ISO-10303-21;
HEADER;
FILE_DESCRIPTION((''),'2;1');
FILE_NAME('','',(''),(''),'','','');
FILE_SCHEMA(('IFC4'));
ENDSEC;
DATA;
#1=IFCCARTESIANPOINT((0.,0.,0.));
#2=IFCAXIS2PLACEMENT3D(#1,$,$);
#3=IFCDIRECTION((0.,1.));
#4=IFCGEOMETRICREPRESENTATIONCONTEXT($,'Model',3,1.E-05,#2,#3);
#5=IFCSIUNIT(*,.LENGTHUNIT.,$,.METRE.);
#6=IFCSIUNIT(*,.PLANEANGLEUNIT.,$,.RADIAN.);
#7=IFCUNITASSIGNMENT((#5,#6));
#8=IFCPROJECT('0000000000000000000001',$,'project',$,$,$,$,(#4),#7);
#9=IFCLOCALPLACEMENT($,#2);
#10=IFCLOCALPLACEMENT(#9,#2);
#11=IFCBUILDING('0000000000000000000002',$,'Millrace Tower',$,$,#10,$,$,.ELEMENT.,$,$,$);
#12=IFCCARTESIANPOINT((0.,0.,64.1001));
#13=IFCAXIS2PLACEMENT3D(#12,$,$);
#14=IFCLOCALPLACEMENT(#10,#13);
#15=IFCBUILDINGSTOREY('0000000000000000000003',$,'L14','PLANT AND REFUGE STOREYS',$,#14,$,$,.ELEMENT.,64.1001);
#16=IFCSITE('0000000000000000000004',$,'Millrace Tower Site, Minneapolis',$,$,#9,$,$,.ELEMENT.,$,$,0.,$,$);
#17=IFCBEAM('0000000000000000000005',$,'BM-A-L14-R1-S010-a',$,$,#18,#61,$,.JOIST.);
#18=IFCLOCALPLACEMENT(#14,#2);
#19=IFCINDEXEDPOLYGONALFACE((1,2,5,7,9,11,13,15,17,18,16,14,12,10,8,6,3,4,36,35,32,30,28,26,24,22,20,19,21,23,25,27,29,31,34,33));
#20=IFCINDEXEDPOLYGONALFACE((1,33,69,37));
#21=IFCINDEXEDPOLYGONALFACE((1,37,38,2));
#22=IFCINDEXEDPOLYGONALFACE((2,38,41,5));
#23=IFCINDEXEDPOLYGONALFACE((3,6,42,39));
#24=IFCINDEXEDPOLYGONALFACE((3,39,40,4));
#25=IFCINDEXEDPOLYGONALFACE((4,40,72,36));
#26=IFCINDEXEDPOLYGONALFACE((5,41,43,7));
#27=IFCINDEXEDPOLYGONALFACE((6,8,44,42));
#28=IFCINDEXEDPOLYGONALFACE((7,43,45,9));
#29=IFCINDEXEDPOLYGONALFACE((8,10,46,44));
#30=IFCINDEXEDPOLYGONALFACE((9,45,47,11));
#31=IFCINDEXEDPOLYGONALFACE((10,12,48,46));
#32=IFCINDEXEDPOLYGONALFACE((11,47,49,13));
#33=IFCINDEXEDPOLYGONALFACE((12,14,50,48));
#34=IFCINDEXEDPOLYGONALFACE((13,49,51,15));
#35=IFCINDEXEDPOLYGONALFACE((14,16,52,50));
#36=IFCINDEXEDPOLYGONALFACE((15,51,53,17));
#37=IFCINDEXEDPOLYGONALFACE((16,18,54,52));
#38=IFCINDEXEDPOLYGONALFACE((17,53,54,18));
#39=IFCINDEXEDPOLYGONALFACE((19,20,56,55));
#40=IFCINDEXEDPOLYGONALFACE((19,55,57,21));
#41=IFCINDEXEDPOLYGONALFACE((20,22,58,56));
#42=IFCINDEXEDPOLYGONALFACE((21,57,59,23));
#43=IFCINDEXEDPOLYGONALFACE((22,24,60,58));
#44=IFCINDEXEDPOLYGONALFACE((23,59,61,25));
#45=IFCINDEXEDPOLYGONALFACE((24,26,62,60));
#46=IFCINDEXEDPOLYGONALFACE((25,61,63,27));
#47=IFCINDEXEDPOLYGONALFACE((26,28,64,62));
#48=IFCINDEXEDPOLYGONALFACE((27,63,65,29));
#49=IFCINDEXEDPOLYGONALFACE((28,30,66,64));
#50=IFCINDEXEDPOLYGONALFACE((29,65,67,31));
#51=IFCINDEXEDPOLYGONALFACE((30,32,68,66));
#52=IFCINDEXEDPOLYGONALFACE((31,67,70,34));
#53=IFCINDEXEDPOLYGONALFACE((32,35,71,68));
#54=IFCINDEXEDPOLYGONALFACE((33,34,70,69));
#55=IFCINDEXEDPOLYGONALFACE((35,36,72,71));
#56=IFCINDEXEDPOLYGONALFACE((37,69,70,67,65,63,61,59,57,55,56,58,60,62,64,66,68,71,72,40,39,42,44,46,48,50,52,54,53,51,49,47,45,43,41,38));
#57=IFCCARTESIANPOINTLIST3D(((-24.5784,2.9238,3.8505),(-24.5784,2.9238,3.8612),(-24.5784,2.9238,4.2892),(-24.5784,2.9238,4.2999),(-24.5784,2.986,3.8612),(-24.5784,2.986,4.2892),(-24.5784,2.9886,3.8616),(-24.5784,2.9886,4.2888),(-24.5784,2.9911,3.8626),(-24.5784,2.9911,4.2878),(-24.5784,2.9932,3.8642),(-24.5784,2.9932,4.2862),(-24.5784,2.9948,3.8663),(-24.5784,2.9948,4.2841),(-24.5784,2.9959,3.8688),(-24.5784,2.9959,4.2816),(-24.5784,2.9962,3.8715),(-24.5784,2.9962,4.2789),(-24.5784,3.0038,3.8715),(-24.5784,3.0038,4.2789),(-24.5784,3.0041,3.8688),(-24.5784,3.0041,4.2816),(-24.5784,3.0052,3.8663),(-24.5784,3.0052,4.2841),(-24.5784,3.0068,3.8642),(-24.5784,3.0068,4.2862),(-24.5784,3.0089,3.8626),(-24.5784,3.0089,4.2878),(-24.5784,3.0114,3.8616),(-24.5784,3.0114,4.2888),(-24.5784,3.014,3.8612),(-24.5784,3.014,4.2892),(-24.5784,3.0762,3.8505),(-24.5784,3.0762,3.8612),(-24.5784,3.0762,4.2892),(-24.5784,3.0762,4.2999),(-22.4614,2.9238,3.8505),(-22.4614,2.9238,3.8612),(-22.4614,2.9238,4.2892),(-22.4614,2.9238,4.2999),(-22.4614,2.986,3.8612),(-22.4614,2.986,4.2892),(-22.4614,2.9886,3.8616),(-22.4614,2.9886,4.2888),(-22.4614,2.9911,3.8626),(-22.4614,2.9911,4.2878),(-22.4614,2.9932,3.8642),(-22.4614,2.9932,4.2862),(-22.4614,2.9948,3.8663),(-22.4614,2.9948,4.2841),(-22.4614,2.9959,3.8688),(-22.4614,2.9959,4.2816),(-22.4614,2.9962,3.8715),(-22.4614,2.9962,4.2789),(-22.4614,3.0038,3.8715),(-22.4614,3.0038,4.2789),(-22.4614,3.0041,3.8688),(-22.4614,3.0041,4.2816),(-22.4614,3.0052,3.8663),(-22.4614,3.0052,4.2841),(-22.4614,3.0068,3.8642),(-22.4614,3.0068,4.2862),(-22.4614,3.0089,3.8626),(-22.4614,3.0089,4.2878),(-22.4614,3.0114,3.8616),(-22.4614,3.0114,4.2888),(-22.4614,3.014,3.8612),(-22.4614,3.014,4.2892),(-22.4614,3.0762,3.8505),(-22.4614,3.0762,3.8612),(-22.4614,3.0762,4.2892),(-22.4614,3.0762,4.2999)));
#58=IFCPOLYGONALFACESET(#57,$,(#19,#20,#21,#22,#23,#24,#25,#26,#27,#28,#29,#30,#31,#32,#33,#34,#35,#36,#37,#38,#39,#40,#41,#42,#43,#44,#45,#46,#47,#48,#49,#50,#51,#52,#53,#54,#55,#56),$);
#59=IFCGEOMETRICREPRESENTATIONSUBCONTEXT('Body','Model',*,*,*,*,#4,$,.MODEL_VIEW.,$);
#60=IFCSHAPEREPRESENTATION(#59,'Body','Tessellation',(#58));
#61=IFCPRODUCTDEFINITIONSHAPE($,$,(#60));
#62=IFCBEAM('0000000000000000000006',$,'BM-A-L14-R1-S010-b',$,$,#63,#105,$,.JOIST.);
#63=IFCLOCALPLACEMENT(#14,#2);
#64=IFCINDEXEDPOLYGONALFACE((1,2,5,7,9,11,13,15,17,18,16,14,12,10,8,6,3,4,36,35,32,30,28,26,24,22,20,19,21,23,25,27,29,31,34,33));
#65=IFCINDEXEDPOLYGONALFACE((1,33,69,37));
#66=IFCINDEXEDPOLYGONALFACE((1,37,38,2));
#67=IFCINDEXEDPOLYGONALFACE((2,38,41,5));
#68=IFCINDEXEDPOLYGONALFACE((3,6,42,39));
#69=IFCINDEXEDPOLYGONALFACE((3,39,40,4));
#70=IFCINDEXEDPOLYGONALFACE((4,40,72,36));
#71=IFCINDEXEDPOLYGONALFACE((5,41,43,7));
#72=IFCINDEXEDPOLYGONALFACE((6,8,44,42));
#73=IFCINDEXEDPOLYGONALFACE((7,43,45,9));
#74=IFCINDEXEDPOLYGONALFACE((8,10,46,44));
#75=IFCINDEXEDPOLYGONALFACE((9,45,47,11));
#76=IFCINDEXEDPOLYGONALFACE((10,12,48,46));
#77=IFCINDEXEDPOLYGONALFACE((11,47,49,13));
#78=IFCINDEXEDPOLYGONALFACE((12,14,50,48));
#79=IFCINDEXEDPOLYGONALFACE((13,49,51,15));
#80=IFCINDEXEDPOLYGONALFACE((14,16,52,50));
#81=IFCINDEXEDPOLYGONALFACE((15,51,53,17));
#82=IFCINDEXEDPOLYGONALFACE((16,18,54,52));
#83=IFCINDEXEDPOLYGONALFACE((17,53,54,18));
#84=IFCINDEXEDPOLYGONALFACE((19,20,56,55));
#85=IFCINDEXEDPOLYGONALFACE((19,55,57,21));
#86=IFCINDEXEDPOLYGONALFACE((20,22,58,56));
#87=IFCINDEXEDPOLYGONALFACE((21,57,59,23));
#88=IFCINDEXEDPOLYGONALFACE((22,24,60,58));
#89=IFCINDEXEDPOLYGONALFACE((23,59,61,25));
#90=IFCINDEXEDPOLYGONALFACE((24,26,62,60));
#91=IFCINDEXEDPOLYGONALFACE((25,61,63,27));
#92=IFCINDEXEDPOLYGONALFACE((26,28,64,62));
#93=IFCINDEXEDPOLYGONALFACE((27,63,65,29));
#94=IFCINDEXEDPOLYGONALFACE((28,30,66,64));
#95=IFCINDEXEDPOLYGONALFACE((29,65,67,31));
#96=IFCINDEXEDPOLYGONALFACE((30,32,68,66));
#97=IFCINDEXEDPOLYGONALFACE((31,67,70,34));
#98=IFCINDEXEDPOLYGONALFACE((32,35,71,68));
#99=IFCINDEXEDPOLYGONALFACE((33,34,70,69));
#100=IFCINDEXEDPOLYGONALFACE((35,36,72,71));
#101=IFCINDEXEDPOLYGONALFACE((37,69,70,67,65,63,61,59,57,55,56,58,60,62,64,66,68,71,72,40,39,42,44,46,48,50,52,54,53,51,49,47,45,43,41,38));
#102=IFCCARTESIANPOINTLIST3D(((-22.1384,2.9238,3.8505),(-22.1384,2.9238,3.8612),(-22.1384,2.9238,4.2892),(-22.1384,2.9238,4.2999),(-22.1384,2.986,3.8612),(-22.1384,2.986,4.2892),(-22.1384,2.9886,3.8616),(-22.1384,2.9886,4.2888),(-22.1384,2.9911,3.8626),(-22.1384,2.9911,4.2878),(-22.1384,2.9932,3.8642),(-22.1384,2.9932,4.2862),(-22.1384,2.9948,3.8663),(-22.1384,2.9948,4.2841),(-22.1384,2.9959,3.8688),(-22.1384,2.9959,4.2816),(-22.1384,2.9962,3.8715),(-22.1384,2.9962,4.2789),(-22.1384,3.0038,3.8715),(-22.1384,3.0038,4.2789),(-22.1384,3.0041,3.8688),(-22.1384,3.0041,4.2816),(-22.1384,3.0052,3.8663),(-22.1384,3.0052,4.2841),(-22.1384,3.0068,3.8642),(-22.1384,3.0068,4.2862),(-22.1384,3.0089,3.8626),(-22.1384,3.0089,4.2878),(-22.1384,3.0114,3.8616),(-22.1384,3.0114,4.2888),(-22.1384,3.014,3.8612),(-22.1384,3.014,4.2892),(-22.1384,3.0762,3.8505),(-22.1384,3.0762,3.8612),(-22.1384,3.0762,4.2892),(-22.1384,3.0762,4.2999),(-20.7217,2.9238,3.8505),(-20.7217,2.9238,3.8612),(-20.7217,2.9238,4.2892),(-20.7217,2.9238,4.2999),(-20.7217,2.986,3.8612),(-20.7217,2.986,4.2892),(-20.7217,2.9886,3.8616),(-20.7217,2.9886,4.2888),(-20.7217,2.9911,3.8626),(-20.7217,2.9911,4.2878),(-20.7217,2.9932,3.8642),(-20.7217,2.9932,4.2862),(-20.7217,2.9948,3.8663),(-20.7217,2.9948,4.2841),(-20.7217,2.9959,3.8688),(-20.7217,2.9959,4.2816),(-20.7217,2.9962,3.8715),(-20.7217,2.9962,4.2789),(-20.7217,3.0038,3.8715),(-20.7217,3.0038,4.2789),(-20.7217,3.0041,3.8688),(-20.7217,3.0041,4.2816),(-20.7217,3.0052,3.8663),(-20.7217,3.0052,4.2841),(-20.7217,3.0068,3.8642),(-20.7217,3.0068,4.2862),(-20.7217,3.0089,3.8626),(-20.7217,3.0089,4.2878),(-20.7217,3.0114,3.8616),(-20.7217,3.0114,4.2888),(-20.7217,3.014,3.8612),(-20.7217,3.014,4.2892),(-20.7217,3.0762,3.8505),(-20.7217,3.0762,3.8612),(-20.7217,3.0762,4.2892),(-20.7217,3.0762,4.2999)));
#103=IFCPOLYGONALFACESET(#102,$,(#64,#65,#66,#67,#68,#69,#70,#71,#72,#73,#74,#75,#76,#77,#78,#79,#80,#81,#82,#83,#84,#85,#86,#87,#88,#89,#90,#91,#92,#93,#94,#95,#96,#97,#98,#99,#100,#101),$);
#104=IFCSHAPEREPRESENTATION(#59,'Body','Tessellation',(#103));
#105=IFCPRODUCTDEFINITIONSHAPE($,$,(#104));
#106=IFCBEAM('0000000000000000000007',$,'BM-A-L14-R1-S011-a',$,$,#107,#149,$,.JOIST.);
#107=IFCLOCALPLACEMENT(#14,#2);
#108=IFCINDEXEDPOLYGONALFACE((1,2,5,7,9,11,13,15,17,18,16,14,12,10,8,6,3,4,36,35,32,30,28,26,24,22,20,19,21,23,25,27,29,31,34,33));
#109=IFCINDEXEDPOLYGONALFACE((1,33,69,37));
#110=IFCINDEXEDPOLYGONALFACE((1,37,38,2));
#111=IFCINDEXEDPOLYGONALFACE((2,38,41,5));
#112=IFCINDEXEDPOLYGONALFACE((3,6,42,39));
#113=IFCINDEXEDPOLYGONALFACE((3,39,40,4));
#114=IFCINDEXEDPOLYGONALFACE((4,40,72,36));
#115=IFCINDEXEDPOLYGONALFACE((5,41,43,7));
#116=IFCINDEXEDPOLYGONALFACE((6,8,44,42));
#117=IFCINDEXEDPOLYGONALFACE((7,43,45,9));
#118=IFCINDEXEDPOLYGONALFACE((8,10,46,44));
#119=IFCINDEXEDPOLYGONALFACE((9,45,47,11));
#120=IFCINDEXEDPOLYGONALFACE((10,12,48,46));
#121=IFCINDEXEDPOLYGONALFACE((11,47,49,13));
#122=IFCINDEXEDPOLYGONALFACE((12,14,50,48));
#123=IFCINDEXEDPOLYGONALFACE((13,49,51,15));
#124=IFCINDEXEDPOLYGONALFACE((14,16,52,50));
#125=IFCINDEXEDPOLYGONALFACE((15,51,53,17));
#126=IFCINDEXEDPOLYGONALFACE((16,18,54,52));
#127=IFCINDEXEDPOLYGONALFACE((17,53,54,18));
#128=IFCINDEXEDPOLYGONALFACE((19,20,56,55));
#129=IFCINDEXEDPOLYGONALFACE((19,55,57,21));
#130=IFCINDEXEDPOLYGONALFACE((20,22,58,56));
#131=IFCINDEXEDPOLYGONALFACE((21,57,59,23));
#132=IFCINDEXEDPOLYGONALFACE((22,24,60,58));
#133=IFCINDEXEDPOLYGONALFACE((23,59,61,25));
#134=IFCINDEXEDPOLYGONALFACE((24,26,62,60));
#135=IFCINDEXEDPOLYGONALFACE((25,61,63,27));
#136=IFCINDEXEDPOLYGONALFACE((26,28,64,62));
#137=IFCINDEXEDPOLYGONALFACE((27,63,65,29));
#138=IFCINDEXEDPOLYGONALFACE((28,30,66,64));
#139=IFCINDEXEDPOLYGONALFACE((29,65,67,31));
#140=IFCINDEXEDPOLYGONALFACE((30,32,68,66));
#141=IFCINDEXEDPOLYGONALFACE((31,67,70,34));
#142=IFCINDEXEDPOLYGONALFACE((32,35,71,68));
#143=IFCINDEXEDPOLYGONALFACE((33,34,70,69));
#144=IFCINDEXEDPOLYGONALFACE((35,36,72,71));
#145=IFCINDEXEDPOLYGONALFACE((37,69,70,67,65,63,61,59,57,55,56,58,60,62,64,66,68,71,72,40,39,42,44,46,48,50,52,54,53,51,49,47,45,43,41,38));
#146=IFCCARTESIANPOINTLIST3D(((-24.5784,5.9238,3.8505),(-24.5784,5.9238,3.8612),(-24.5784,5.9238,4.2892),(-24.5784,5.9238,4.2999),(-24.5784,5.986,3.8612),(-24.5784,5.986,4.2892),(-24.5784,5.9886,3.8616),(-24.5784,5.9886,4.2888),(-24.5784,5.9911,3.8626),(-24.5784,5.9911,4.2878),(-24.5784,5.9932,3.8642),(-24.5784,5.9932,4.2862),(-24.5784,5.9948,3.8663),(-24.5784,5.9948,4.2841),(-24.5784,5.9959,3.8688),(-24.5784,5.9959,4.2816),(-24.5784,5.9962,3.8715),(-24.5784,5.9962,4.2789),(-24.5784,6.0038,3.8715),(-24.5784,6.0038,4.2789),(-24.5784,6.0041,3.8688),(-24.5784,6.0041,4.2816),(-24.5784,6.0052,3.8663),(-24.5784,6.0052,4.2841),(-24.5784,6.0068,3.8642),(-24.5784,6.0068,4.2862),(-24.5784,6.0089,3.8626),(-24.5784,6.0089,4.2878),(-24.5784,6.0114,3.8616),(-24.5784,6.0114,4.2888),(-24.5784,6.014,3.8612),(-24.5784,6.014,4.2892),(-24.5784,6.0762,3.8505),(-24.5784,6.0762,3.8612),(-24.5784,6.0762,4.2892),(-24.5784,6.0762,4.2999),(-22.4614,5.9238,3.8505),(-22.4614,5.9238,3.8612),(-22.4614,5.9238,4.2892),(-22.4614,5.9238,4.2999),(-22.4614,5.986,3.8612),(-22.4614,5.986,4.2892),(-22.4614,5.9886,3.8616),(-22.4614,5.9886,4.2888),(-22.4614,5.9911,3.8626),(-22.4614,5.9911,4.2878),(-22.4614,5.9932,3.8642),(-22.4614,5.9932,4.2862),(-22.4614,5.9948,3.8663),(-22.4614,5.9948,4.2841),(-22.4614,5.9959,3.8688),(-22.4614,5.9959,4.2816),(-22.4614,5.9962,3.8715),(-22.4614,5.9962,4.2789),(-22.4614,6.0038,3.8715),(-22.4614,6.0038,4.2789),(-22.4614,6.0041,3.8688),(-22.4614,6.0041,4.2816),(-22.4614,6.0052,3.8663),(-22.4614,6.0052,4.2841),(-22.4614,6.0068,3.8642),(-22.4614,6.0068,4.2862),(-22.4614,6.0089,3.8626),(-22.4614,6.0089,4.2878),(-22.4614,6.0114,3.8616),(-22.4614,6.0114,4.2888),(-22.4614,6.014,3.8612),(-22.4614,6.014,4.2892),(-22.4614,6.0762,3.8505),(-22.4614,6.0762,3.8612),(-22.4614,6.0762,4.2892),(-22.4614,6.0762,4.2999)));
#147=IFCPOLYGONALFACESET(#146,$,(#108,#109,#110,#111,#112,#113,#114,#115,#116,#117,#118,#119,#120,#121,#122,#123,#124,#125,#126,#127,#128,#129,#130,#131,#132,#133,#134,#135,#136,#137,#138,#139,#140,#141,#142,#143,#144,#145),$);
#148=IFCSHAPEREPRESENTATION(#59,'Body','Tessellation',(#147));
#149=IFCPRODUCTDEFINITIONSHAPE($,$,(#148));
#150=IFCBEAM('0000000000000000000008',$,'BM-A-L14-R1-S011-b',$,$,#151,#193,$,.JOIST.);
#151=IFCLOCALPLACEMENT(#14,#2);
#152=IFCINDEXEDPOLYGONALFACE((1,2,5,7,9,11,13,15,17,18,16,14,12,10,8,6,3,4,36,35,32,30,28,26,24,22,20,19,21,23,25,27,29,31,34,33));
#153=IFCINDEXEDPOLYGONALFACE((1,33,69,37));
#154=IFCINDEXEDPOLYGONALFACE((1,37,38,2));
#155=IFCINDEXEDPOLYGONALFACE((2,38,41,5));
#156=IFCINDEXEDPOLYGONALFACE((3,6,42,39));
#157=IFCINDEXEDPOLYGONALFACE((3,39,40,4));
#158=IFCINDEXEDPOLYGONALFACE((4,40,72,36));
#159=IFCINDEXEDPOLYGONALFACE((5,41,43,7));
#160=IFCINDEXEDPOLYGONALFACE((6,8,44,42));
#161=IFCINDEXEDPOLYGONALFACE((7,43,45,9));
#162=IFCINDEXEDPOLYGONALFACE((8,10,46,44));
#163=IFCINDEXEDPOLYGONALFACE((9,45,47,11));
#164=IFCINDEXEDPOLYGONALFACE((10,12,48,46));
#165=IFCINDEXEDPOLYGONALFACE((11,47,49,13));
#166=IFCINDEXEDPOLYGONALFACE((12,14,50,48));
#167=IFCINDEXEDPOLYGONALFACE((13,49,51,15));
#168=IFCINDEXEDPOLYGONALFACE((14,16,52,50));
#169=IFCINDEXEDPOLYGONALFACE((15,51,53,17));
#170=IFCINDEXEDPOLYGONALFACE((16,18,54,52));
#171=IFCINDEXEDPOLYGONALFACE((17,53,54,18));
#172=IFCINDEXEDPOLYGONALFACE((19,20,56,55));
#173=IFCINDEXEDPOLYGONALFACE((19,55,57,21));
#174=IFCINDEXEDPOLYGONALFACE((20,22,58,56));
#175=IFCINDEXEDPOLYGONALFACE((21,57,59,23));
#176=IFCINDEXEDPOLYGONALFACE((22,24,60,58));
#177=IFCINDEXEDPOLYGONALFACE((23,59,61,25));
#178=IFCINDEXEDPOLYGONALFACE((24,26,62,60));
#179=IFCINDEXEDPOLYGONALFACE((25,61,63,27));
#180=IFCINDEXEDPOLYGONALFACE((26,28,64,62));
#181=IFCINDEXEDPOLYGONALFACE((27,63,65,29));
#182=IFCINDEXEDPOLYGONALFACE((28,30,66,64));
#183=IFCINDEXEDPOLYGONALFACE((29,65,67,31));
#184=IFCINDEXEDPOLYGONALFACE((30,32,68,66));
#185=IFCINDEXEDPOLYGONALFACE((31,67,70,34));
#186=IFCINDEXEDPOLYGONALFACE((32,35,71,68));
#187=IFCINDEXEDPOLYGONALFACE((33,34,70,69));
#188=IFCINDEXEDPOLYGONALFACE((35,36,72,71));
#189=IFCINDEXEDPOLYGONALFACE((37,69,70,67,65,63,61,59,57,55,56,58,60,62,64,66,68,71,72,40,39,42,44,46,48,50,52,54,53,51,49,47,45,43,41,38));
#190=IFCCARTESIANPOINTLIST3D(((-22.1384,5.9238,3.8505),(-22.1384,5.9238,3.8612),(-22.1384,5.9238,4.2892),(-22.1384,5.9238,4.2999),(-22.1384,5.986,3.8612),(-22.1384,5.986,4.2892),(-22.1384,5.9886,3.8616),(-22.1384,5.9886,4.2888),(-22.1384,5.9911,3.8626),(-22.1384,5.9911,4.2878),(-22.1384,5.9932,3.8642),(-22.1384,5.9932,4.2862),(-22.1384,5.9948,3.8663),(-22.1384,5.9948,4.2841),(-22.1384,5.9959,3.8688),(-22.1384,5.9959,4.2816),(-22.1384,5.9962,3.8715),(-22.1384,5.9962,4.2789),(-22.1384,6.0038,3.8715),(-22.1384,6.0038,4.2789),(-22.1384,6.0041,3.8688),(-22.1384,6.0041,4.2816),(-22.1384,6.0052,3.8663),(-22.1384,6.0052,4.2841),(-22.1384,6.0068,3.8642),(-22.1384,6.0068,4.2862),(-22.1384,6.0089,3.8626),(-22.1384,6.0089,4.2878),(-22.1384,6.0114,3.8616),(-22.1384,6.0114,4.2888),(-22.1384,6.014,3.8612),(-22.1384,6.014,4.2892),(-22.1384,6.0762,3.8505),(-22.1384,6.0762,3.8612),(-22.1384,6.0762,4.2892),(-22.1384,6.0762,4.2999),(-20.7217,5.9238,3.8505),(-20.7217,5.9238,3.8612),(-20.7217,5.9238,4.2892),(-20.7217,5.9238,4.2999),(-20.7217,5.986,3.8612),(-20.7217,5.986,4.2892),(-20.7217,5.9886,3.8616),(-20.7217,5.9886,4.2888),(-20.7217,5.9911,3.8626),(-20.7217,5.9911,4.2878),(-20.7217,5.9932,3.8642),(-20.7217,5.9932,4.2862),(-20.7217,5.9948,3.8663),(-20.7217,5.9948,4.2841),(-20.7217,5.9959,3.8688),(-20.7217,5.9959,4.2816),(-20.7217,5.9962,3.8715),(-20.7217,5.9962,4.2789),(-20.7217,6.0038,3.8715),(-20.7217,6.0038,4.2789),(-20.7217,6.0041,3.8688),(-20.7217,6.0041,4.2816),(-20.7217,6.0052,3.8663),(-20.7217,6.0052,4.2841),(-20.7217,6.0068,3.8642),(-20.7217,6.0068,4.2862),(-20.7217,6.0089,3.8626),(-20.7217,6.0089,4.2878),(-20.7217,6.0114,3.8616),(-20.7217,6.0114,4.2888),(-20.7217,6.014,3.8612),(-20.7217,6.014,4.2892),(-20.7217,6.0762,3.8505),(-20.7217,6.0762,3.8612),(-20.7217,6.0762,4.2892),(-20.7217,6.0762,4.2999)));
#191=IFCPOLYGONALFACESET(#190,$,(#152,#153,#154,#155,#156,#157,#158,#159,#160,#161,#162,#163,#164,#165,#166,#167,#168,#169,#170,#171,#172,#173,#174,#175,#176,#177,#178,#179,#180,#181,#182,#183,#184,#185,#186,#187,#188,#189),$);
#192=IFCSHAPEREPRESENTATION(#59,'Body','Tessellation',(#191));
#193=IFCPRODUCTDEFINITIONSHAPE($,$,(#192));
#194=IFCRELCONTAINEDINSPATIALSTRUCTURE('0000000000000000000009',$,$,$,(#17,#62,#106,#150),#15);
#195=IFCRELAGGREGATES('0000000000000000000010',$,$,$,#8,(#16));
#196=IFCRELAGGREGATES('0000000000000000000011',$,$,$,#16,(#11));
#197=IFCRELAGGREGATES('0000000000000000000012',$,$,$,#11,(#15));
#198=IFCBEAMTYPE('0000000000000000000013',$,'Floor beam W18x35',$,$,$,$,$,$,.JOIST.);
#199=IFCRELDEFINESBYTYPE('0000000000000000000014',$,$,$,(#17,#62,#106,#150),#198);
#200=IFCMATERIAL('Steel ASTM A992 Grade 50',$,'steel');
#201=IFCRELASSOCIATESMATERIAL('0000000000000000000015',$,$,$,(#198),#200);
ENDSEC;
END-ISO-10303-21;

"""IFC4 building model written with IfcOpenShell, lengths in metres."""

from ifc_helpers import new_model, si_unit, direction, frame, origin, origin_2d, place, context, subcontext, project, spatial, i_section, extrude, material, material_profile, profile_set, type_object, element, save


model = new_model("IFC4")

# Units and contexts
model_context = context("Model", 3, precision=1e-05, world=origin(), true_north=direction((0.0, 1.0)))
body_context = subcontext(model_context, "Body", "Model", "MODEL_VIEW")
ifc_project = project(units=[si_unit("LENGTHUNIT", "METRE"), si_unit("PLANEANGLEUNIT", "RADIAN")], contexts=[model_context])

# Site, building, storey
site_placement = place(None, origin())
site = spatial("IfcSite", under=ifc_project, at=site_placement, Name="Millrace Tower Site, Minneapolis", CompositionType="ELEMENT", RefElevation=0.0)
building_placement = place(site_placement, origin())
building = spatial("IfcBuilding", under=site, at=building_placement, Name="Millrace Tower", CompositionType="ELEMENT")
storey_placement = place(building_placement, frame((0.0, 0.0, 64.1001)))
storey = spatial("IfcBuildingStorey", under=building, at=storey_placement, Name="L14", Description="PLANT AND REFUGE STOREYS", CompositionType="ELEMENT", Elevation=64.1001)

# Beams
ifc_material_1 = material(Name="Steel ASTM A992 Grade 50", Category="steel")
ifc_material_profile_1 = material_profile(ifc_material_1, i_section(OverallWidth=0.1523, OverallDepth=0.4495, WebThickness=0.0076, FlangeThickness=0.0107, FilletRadius=0.0103, at=origin_2d()))
ifc_profile_set_1 = profile_set([ifc_material_profile_1], Name="Steel ASTM A992 Grade 50")
beam_type_1 = type_object("IfcBeamType", Name="Floor beam W18x35", PredefinedType="JOIST", material=ifc_profile_set_1)
beam_1_placement = place(storey_placement, frame((-24.5784, 3.0, 4.0752), z_axis=(1.0, 0.0, 0.0), x_axis=(0.0, 1.0, 0.0)))
element("IfcBeam", 1, at=beam_1_placement, inside=storey, type_object=beam_type_1, Name="BM-A-L14-R1-S010-a", PredefinedType="JOIST", context=body_context, shape_type="SweptSolid", body=[
    extrude(i_section(OverallWidth=0.1523, OverallDepth=0.4495, WebThickness=0.0076, FlangeThickness=0.0107, FilletRadius=0.0103, at=origin_2d()), origin(), (0.0, 0.0, 1.0), 2.1169),
])
beam_2_placement = place(storey_placement, frame((-22.1384, 3.0, 4.0752), z_axis=(1.0, 0.0, 0.0), x_axis=(0.0, 1.0, 0.0)))
element("IfcBeam", 2, at=beam_2_placement, inside=storey, type_object=beam_type_1, Name="BM-A-L14-R1-S010-b", PredefinedType="JOIST", context=body_context, shape_type="SweptSolid", body=[
    extrude(i_section(OverallWidth=0.1523, OverallDepth=0.4495, WebThickness=0.0076, FlangeThickness=0.0107, FilletRadius=0.0103, at=origin_2d()), origin(), (0.0, 0.0, 1.0), 1.4167),
])
beam_3_placement = place(storey_placement, frame((-24.5784, 6.0, 4.0752), z_axis=(1.0, 0.0, 0.0), x_axis=(0.0, 1.0, 0.0)))
element("IfcBeam", 3, at=beam_3_placement, inside=storey, type_object=beam_type_1, Name="BM-A-L14-R1-S011-a", PredefinedType="JOIST", context=body_context, shape_type="SweptSolid", body=[
    extrude(i_section(OverallWidth=0.1523, OverallDepth=0.4495, WebThickness=0.0076, FlangeThickness=0.0107, FilletRadius=0.0103, at=origin_2d()), origin(), (0.0, 0.0, 1.0), 2.1169),
])
beam_4_placement = place(storey_placement, frame((-22.1384, 6.0, 4.0752), z_axis=(1.0, 0.0, 0.0), x_axis=(0.0, 1.0, 0.0)))
element("IfcBeam", 4, at=beam_4_placement, inside=storey, type_object=beam_type_1, Name="BM-A-L14-R1-S011-b", PredefinedType="JOIST", context=body_context, shape_type="SweptSolid", body=[
    extrude(i_section(OverallWidth=0.1523, OverallDepth=0.4495, WebThickness=0.0076, FlangeThickness=0.0107, FilletRadius=0.0103, at=origin_2d()), origin(), (0.0, 0.0, 1.0), 1.4167),
])

save(model, "model.ifc")
